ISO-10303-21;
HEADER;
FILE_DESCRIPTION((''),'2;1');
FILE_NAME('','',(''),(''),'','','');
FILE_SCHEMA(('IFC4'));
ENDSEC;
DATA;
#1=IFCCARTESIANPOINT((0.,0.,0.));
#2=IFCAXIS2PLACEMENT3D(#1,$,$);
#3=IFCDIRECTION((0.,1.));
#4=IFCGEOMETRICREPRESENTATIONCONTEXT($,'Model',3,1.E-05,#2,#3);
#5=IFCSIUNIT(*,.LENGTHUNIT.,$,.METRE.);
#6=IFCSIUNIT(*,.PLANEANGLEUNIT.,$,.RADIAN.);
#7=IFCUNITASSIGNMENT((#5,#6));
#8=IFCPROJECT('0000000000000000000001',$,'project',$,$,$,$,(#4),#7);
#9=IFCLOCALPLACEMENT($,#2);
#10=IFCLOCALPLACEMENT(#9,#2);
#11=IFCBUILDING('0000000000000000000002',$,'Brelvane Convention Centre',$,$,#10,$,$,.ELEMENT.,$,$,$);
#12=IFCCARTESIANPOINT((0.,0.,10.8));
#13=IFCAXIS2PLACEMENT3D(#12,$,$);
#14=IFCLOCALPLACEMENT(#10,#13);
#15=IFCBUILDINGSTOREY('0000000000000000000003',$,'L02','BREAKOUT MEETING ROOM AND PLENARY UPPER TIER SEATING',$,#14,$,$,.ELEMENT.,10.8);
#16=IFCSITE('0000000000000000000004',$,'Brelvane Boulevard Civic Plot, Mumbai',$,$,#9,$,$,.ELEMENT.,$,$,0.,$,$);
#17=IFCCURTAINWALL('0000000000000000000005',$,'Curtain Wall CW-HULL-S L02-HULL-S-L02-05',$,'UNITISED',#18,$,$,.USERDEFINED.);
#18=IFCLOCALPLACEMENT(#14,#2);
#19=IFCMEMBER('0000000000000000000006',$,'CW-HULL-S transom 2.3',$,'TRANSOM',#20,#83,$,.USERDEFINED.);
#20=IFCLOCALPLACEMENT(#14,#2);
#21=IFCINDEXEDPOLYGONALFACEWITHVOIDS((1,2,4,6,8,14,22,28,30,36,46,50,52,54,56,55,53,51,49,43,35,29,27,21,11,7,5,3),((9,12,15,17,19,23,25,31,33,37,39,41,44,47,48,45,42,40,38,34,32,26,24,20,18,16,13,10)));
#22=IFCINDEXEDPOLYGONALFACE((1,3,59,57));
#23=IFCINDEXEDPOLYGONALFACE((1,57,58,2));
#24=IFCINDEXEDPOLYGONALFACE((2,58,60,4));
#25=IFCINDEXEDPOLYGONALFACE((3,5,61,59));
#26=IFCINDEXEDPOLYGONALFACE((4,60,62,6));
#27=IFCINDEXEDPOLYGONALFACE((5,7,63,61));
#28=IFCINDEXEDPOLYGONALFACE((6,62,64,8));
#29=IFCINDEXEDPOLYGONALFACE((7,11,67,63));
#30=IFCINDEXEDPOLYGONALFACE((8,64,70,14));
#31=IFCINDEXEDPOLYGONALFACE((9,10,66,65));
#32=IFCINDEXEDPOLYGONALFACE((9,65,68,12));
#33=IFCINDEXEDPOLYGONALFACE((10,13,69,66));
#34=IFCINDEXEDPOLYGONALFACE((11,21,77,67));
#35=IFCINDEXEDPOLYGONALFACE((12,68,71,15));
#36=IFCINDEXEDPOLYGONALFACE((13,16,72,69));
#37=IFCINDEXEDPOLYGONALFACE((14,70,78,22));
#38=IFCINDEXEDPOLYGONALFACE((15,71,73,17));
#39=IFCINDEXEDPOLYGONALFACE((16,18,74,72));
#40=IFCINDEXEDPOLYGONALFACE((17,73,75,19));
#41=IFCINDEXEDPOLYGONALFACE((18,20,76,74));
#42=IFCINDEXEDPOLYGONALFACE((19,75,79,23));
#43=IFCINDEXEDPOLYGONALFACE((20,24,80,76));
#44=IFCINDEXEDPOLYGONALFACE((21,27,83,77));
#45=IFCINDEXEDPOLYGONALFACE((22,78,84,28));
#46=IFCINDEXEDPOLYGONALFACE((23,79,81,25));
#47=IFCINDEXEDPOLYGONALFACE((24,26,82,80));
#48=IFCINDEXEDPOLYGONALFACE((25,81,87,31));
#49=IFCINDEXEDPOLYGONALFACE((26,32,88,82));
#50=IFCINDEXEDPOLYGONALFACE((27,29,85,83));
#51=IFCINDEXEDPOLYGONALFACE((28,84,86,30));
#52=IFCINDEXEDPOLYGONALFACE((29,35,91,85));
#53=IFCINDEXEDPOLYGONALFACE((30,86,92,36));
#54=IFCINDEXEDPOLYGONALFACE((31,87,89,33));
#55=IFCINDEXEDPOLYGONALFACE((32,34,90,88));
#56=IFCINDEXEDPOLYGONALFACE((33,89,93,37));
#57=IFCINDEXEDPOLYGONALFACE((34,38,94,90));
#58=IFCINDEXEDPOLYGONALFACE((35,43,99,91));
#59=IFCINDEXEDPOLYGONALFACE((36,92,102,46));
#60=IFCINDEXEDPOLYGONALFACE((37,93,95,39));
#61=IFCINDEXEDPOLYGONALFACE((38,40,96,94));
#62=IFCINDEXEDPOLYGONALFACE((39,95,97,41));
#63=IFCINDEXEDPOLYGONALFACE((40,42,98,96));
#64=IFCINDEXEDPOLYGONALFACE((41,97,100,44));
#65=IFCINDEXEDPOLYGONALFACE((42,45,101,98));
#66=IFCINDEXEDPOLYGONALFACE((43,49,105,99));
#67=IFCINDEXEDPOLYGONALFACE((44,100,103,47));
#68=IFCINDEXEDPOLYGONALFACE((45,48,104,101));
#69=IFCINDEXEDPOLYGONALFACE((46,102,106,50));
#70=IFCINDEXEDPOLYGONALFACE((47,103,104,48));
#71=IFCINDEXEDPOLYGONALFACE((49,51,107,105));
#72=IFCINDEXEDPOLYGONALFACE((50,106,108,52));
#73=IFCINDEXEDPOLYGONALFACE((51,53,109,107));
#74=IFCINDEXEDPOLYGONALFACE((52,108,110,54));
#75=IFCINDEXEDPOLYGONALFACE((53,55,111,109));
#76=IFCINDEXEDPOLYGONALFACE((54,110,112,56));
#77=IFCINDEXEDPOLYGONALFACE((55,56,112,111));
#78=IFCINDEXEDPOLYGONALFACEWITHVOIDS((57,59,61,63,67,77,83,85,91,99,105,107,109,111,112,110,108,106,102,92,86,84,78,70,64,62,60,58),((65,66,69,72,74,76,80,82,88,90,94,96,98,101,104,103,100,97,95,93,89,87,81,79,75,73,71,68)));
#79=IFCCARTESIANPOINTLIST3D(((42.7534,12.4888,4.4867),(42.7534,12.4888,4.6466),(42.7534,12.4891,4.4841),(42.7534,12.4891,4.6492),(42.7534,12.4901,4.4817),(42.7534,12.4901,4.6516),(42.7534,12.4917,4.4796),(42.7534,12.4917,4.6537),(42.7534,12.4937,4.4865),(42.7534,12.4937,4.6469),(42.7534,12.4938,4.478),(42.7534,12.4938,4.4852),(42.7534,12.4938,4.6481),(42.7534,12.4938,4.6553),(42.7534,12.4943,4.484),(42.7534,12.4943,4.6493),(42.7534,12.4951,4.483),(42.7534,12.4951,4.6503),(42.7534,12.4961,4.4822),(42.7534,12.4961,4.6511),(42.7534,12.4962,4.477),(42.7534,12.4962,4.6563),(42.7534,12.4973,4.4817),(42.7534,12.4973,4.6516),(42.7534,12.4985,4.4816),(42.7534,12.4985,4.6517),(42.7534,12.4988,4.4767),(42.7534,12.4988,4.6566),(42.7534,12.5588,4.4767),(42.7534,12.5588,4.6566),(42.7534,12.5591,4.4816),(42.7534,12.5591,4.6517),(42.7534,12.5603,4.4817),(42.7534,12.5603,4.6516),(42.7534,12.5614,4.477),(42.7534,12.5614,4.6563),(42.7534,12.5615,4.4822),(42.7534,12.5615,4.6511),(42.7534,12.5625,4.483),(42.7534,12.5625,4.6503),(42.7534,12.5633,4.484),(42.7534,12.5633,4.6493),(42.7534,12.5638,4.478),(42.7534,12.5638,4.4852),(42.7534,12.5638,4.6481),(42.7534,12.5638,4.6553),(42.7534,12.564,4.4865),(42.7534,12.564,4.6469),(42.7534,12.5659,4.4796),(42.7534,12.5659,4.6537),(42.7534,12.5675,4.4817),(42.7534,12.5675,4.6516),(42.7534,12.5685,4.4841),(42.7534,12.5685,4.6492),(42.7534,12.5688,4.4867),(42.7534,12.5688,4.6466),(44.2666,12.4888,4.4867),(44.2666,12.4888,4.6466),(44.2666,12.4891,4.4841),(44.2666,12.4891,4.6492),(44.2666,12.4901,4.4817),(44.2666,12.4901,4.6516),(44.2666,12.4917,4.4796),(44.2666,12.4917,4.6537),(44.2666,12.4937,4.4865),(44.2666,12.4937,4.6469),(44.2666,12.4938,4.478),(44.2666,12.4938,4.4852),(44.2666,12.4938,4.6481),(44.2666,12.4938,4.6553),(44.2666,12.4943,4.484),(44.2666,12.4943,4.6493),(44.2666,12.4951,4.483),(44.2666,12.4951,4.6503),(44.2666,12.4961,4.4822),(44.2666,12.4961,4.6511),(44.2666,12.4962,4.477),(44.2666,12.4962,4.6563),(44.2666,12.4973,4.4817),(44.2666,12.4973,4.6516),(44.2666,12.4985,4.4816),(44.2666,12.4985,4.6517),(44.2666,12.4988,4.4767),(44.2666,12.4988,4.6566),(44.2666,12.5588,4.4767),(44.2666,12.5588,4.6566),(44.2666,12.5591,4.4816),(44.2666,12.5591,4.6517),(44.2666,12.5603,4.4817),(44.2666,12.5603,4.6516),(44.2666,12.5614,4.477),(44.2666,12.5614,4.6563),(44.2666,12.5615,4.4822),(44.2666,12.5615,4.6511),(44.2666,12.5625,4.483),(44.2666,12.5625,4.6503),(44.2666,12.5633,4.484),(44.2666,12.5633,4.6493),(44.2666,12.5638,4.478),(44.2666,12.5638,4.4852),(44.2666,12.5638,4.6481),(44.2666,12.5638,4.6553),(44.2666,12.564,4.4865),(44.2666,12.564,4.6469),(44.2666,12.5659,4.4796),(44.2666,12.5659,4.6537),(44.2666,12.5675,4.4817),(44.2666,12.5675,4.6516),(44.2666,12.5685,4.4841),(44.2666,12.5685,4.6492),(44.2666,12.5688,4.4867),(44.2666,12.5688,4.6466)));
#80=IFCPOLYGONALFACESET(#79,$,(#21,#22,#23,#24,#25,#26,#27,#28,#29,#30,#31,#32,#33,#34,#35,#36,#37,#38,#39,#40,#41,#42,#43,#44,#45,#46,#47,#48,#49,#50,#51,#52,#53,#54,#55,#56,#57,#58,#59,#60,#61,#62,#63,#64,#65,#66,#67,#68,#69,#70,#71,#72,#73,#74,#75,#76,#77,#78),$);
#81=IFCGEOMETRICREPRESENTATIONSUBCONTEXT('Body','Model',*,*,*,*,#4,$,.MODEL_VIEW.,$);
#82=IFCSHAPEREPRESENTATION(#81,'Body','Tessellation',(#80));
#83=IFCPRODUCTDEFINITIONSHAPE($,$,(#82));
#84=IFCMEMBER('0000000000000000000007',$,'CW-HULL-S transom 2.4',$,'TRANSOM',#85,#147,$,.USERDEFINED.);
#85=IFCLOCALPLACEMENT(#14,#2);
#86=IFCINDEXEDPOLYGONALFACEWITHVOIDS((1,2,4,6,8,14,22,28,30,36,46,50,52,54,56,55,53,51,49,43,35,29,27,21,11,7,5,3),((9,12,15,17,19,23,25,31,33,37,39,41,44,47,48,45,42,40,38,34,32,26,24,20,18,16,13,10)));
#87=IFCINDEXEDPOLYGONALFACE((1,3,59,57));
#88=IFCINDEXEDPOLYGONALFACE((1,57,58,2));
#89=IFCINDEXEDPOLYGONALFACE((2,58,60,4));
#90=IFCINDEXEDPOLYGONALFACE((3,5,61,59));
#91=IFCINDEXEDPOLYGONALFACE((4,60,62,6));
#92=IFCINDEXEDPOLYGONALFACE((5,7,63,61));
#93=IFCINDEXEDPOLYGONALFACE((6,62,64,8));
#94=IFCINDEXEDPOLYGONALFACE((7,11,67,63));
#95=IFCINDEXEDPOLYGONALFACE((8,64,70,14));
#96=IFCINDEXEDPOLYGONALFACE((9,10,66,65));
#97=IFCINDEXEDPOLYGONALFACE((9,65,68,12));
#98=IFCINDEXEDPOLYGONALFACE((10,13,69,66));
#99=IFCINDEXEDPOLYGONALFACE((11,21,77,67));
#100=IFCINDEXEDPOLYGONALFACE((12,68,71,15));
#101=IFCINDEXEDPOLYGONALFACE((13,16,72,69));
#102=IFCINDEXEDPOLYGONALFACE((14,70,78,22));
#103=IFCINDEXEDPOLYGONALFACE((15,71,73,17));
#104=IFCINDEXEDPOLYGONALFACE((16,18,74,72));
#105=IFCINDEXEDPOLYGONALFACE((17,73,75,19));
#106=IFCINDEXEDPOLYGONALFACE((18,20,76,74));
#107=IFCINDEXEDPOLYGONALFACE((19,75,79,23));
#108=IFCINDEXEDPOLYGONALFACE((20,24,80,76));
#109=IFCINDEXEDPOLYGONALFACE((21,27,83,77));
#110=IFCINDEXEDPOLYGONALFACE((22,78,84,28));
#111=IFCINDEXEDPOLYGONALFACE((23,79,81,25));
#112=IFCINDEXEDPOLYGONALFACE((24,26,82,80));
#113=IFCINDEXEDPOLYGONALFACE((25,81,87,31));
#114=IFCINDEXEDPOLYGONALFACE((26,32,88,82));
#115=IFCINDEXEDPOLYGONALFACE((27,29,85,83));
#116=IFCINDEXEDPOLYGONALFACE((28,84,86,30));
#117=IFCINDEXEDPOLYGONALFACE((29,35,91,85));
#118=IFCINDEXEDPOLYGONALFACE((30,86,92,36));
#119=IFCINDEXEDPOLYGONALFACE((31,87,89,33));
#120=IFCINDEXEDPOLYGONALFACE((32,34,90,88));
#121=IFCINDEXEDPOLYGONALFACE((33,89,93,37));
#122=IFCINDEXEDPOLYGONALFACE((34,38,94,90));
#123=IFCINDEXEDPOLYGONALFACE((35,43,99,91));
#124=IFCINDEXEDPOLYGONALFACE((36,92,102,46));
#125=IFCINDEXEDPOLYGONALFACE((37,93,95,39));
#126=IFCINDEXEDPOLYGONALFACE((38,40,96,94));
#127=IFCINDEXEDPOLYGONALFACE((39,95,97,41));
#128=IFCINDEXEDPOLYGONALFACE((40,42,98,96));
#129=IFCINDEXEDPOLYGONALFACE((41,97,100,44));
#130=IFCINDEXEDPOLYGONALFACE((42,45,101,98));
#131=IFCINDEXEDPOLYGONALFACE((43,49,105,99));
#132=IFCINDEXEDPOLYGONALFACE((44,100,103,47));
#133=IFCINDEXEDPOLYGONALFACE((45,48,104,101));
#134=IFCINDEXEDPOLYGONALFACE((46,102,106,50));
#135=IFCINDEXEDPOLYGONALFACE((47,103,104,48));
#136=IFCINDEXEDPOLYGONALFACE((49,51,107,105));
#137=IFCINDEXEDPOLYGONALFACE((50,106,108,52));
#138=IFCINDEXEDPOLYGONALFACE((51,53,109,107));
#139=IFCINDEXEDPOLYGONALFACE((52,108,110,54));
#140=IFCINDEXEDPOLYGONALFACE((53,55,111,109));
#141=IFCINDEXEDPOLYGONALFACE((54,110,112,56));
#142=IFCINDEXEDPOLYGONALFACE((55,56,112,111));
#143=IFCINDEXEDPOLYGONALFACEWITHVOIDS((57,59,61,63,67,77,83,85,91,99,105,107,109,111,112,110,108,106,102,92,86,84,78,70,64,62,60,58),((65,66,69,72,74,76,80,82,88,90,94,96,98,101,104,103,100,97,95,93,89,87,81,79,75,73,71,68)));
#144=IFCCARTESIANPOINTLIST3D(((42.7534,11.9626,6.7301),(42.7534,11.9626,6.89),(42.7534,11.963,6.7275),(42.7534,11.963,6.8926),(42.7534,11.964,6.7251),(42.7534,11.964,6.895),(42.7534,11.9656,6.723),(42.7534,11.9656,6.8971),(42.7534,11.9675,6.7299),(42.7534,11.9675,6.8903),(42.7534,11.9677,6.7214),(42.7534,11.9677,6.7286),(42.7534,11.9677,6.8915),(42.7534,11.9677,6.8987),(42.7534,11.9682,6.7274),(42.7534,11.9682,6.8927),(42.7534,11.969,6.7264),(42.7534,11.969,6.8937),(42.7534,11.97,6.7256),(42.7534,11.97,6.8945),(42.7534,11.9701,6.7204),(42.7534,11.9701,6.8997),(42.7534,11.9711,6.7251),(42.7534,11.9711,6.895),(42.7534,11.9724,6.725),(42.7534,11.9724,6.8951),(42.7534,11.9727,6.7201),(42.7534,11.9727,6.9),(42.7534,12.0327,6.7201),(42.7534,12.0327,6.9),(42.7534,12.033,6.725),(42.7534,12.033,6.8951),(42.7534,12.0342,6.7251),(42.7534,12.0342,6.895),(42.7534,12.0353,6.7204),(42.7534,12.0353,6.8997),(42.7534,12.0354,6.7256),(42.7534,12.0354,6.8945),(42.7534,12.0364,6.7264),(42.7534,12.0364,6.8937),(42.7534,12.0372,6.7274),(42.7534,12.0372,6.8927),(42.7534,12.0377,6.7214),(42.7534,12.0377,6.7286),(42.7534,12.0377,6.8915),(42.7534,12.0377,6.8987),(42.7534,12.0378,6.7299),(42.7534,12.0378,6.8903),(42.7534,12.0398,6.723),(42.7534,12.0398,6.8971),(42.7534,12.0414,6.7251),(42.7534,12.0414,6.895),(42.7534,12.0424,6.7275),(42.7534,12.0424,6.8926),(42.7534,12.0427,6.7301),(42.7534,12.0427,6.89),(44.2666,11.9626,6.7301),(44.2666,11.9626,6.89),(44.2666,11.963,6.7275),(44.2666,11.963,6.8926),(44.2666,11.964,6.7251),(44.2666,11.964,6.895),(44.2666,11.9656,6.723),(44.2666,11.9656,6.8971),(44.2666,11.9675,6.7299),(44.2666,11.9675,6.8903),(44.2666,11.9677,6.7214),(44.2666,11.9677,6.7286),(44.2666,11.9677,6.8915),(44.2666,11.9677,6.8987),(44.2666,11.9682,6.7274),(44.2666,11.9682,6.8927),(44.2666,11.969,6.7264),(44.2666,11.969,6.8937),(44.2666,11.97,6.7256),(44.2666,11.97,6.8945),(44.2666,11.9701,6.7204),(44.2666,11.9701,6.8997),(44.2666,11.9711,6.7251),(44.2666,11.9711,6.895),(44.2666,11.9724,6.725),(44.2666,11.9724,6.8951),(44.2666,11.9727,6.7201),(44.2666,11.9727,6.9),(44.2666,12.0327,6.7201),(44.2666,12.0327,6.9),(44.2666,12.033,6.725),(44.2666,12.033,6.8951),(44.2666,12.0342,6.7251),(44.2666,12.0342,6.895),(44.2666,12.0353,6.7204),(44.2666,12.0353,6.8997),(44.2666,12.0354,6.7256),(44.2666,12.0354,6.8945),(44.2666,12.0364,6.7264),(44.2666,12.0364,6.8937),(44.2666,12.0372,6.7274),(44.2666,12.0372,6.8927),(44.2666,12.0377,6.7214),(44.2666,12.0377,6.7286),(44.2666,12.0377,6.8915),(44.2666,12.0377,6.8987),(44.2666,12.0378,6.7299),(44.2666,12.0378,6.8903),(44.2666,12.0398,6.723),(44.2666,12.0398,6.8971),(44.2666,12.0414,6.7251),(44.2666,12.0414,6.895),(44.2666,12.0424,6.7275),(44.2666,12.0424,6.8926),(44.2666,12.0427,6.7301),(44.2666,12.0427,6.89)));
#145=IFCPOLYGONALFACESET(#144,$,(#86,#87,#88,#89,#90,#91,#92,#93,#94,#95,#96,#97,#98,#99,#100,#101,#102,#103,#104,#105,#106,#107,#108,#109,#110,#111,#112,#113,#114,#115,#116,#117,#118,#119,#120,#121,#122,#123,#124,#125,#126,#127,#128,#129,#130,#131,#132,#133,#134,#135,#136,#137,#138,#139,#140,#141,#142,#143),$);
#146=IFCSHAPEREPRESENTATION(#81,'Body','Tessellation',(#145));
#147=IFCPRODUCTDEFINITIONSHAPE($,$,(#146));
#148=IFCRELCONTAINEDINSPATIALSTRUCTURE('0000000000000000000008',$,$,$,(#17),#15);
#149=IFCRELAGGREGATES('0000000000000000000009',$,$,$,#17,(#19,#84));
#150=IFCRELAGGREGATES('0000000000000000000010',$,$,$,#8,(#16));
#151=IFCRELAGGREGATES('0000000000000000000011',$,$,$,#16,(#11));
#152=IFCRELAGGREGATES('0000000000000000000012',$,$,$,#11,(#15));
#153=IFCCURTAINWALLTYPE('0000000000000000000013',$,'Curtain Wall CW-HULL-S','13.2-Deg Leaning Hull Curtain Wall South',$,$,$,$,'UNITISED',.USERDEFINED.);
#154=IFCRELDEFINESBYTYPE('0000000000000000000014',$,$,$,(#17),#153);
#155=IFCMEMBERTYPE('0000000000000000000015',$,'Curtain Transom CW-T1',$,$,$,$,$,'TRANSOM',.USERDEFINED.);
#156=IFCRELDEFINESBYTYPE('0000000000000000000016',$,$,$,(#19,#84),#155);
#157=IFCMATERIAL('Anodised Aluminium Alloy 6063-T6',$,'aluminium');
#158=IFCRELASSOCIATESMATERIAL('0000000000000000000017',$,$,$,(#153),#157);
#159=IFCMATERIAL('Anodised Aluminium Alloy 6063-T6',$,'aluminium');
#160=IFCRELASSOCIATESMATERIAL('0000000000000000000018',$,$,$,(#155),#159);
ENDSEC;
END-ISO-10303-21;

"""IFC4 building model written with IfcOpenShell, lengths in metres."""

from ifc_helpers import new_model, si_unit, direction, frame, origin, origin_2d, place, context, subcontext, project, spatial, hollow_rectangle, extrude, material, material_profile, profile_set, type_object, element, aggregate, save


model = new_model("IFC4")

# Units and contexts
model_context = context("Model", 3, precision=1e-05, world=origin(), true_north=direction((0.0, 1.0)))
body_context = subcontext(model_context, "Body", "Model", "MODEL_VIEW")
ifc_project = project(units=[si_unit("LENGTHUNIT", "METRE"), si_unit("PLANEANGLEUNIT", "RADIAN")], contexts=[model_context])

# Site, building, storey
site_placement = place(None, origin())
site = spatial("IfcSite", under=ifc_project, at=site_placement, Name="Brelvane Boulevard Civic Plot, Mumbai", CompositionType="ELEMENT", RefElevation=0.0)
building_placement = place(site_placement, origin())
building = spatial("IfcBuilding", under=site, at=building_placement, Name="Brelvane Convention Centre", CompositionType="ELEMENT")
storey_placement = place(building_placement, frame((0.0, 0.0, 10.8)))
storey = spatial("IfcBuildingStorey", under=building, at=storey_placement, Name="L02", Description="BREAKOUT MEETING ROOM AND PLENARY UPPER TIER SEATING", CompositionType="ELEMENT", Elevation=10.8)

# Curtain wall, members
ifc_material_1 = material(Name="Anodised Aluminium Alloy 6063-T6", Category="aluminium")
curtain_wall_type = type_object("IfcCurtainWallType", Name="Curtain Wall CW-HULL-S", Description="13.2-Deg Leaning Hull Curtain Wall South", ElementType="UNITISED", PredefinedType="USERDEFINED", material=ifc_material_1)
curtain_wall_placement = place(storey_placement, origin())
curtain_wall = element("IfcCurtainWall", 1, at=curtain_wall_placement, inside=storey, type_object=curtain_wall_type, Name="Curtain Wall CW-HULL-S L02-HULL-S-L02-05", ObjectType="UNITISED", PredefinedType="USERDEFINED")
ifc_material_2 = material(Name="Anodised Aluminium Alloy 6063-T6", Category="aluminium")
ifc_material_profile = material_profile(ifc_material_2, hollow_rectangle(XDim=0.0801, YDim=0.1799, WallThickness=0.0049, InnerFilletRadius=0.0049, OuterFilletRadius=0.01, at=origin_2d()), Name="ALU-T 180x80x5.0")
ifc_profile_set = profile_set([ifc_material_profile], Name="Anodised Aluminium Alloy 6063-T6")
member_type = type_object("IfcMemberType", Name="Curtain Transom CW-T1", ElementType="TRANSOM", PredefinedType="USERDEFINED", material=ifc_profile_set)
member_1_placement = place(storey_placement, frame((42.7534, 12.5288, 4.5667), z_axis=(1.0, 0.0, 0.0), x_axis=(0.0, 1.0, 0.0)))
member_1 = element("IfcMember", 2, at=member_1_placement, type_object=member_type, Name="CW-HULL-S transom 2.3", ObjectType="TRANSOM", PredefinedType="USERDEFINED", context=body_context, shape_type="SweptSolid", body=[
    extrude(hollow_rectangle(XDim=0.0801, YDim=0.1799, WallThickness=0.0049, InnerFilletRadius=0.0049, OuterFilletRadius=0.01, at=origin_2d()), origin(), (0.0, 0.0, 1.0), 1.5132),
])
member_2_placement = place(storey_placement, frame((42.7534, 12.0027, 6.8101), z_axis=(1.0, 0.0, 0.0), x_axis=(0.0, 1.0, 0.0)))
member_2 = element("IfcMember", 3, at=member_2_placement, type_object=member_type, Name="CW-HULL-S transom 2.4", ObjectType="TRANSOM", PredefinedType="USERDEFINED", context=body_context, shape_type="SweptSolid", body=[
    extrude(hollow_rectangle(XDim=0.0801, YDim=0.1799, WallThickness=0.0049, InnerFilletRadius=0.0049, OuterFilletRadius=0.01, at=origin_2d()), origin(), (0.0, 0.0, 1.0), 1.5132),
])
aggregate(curtain_wall, [member_1, member_2])

save(model, "model.ifc")
